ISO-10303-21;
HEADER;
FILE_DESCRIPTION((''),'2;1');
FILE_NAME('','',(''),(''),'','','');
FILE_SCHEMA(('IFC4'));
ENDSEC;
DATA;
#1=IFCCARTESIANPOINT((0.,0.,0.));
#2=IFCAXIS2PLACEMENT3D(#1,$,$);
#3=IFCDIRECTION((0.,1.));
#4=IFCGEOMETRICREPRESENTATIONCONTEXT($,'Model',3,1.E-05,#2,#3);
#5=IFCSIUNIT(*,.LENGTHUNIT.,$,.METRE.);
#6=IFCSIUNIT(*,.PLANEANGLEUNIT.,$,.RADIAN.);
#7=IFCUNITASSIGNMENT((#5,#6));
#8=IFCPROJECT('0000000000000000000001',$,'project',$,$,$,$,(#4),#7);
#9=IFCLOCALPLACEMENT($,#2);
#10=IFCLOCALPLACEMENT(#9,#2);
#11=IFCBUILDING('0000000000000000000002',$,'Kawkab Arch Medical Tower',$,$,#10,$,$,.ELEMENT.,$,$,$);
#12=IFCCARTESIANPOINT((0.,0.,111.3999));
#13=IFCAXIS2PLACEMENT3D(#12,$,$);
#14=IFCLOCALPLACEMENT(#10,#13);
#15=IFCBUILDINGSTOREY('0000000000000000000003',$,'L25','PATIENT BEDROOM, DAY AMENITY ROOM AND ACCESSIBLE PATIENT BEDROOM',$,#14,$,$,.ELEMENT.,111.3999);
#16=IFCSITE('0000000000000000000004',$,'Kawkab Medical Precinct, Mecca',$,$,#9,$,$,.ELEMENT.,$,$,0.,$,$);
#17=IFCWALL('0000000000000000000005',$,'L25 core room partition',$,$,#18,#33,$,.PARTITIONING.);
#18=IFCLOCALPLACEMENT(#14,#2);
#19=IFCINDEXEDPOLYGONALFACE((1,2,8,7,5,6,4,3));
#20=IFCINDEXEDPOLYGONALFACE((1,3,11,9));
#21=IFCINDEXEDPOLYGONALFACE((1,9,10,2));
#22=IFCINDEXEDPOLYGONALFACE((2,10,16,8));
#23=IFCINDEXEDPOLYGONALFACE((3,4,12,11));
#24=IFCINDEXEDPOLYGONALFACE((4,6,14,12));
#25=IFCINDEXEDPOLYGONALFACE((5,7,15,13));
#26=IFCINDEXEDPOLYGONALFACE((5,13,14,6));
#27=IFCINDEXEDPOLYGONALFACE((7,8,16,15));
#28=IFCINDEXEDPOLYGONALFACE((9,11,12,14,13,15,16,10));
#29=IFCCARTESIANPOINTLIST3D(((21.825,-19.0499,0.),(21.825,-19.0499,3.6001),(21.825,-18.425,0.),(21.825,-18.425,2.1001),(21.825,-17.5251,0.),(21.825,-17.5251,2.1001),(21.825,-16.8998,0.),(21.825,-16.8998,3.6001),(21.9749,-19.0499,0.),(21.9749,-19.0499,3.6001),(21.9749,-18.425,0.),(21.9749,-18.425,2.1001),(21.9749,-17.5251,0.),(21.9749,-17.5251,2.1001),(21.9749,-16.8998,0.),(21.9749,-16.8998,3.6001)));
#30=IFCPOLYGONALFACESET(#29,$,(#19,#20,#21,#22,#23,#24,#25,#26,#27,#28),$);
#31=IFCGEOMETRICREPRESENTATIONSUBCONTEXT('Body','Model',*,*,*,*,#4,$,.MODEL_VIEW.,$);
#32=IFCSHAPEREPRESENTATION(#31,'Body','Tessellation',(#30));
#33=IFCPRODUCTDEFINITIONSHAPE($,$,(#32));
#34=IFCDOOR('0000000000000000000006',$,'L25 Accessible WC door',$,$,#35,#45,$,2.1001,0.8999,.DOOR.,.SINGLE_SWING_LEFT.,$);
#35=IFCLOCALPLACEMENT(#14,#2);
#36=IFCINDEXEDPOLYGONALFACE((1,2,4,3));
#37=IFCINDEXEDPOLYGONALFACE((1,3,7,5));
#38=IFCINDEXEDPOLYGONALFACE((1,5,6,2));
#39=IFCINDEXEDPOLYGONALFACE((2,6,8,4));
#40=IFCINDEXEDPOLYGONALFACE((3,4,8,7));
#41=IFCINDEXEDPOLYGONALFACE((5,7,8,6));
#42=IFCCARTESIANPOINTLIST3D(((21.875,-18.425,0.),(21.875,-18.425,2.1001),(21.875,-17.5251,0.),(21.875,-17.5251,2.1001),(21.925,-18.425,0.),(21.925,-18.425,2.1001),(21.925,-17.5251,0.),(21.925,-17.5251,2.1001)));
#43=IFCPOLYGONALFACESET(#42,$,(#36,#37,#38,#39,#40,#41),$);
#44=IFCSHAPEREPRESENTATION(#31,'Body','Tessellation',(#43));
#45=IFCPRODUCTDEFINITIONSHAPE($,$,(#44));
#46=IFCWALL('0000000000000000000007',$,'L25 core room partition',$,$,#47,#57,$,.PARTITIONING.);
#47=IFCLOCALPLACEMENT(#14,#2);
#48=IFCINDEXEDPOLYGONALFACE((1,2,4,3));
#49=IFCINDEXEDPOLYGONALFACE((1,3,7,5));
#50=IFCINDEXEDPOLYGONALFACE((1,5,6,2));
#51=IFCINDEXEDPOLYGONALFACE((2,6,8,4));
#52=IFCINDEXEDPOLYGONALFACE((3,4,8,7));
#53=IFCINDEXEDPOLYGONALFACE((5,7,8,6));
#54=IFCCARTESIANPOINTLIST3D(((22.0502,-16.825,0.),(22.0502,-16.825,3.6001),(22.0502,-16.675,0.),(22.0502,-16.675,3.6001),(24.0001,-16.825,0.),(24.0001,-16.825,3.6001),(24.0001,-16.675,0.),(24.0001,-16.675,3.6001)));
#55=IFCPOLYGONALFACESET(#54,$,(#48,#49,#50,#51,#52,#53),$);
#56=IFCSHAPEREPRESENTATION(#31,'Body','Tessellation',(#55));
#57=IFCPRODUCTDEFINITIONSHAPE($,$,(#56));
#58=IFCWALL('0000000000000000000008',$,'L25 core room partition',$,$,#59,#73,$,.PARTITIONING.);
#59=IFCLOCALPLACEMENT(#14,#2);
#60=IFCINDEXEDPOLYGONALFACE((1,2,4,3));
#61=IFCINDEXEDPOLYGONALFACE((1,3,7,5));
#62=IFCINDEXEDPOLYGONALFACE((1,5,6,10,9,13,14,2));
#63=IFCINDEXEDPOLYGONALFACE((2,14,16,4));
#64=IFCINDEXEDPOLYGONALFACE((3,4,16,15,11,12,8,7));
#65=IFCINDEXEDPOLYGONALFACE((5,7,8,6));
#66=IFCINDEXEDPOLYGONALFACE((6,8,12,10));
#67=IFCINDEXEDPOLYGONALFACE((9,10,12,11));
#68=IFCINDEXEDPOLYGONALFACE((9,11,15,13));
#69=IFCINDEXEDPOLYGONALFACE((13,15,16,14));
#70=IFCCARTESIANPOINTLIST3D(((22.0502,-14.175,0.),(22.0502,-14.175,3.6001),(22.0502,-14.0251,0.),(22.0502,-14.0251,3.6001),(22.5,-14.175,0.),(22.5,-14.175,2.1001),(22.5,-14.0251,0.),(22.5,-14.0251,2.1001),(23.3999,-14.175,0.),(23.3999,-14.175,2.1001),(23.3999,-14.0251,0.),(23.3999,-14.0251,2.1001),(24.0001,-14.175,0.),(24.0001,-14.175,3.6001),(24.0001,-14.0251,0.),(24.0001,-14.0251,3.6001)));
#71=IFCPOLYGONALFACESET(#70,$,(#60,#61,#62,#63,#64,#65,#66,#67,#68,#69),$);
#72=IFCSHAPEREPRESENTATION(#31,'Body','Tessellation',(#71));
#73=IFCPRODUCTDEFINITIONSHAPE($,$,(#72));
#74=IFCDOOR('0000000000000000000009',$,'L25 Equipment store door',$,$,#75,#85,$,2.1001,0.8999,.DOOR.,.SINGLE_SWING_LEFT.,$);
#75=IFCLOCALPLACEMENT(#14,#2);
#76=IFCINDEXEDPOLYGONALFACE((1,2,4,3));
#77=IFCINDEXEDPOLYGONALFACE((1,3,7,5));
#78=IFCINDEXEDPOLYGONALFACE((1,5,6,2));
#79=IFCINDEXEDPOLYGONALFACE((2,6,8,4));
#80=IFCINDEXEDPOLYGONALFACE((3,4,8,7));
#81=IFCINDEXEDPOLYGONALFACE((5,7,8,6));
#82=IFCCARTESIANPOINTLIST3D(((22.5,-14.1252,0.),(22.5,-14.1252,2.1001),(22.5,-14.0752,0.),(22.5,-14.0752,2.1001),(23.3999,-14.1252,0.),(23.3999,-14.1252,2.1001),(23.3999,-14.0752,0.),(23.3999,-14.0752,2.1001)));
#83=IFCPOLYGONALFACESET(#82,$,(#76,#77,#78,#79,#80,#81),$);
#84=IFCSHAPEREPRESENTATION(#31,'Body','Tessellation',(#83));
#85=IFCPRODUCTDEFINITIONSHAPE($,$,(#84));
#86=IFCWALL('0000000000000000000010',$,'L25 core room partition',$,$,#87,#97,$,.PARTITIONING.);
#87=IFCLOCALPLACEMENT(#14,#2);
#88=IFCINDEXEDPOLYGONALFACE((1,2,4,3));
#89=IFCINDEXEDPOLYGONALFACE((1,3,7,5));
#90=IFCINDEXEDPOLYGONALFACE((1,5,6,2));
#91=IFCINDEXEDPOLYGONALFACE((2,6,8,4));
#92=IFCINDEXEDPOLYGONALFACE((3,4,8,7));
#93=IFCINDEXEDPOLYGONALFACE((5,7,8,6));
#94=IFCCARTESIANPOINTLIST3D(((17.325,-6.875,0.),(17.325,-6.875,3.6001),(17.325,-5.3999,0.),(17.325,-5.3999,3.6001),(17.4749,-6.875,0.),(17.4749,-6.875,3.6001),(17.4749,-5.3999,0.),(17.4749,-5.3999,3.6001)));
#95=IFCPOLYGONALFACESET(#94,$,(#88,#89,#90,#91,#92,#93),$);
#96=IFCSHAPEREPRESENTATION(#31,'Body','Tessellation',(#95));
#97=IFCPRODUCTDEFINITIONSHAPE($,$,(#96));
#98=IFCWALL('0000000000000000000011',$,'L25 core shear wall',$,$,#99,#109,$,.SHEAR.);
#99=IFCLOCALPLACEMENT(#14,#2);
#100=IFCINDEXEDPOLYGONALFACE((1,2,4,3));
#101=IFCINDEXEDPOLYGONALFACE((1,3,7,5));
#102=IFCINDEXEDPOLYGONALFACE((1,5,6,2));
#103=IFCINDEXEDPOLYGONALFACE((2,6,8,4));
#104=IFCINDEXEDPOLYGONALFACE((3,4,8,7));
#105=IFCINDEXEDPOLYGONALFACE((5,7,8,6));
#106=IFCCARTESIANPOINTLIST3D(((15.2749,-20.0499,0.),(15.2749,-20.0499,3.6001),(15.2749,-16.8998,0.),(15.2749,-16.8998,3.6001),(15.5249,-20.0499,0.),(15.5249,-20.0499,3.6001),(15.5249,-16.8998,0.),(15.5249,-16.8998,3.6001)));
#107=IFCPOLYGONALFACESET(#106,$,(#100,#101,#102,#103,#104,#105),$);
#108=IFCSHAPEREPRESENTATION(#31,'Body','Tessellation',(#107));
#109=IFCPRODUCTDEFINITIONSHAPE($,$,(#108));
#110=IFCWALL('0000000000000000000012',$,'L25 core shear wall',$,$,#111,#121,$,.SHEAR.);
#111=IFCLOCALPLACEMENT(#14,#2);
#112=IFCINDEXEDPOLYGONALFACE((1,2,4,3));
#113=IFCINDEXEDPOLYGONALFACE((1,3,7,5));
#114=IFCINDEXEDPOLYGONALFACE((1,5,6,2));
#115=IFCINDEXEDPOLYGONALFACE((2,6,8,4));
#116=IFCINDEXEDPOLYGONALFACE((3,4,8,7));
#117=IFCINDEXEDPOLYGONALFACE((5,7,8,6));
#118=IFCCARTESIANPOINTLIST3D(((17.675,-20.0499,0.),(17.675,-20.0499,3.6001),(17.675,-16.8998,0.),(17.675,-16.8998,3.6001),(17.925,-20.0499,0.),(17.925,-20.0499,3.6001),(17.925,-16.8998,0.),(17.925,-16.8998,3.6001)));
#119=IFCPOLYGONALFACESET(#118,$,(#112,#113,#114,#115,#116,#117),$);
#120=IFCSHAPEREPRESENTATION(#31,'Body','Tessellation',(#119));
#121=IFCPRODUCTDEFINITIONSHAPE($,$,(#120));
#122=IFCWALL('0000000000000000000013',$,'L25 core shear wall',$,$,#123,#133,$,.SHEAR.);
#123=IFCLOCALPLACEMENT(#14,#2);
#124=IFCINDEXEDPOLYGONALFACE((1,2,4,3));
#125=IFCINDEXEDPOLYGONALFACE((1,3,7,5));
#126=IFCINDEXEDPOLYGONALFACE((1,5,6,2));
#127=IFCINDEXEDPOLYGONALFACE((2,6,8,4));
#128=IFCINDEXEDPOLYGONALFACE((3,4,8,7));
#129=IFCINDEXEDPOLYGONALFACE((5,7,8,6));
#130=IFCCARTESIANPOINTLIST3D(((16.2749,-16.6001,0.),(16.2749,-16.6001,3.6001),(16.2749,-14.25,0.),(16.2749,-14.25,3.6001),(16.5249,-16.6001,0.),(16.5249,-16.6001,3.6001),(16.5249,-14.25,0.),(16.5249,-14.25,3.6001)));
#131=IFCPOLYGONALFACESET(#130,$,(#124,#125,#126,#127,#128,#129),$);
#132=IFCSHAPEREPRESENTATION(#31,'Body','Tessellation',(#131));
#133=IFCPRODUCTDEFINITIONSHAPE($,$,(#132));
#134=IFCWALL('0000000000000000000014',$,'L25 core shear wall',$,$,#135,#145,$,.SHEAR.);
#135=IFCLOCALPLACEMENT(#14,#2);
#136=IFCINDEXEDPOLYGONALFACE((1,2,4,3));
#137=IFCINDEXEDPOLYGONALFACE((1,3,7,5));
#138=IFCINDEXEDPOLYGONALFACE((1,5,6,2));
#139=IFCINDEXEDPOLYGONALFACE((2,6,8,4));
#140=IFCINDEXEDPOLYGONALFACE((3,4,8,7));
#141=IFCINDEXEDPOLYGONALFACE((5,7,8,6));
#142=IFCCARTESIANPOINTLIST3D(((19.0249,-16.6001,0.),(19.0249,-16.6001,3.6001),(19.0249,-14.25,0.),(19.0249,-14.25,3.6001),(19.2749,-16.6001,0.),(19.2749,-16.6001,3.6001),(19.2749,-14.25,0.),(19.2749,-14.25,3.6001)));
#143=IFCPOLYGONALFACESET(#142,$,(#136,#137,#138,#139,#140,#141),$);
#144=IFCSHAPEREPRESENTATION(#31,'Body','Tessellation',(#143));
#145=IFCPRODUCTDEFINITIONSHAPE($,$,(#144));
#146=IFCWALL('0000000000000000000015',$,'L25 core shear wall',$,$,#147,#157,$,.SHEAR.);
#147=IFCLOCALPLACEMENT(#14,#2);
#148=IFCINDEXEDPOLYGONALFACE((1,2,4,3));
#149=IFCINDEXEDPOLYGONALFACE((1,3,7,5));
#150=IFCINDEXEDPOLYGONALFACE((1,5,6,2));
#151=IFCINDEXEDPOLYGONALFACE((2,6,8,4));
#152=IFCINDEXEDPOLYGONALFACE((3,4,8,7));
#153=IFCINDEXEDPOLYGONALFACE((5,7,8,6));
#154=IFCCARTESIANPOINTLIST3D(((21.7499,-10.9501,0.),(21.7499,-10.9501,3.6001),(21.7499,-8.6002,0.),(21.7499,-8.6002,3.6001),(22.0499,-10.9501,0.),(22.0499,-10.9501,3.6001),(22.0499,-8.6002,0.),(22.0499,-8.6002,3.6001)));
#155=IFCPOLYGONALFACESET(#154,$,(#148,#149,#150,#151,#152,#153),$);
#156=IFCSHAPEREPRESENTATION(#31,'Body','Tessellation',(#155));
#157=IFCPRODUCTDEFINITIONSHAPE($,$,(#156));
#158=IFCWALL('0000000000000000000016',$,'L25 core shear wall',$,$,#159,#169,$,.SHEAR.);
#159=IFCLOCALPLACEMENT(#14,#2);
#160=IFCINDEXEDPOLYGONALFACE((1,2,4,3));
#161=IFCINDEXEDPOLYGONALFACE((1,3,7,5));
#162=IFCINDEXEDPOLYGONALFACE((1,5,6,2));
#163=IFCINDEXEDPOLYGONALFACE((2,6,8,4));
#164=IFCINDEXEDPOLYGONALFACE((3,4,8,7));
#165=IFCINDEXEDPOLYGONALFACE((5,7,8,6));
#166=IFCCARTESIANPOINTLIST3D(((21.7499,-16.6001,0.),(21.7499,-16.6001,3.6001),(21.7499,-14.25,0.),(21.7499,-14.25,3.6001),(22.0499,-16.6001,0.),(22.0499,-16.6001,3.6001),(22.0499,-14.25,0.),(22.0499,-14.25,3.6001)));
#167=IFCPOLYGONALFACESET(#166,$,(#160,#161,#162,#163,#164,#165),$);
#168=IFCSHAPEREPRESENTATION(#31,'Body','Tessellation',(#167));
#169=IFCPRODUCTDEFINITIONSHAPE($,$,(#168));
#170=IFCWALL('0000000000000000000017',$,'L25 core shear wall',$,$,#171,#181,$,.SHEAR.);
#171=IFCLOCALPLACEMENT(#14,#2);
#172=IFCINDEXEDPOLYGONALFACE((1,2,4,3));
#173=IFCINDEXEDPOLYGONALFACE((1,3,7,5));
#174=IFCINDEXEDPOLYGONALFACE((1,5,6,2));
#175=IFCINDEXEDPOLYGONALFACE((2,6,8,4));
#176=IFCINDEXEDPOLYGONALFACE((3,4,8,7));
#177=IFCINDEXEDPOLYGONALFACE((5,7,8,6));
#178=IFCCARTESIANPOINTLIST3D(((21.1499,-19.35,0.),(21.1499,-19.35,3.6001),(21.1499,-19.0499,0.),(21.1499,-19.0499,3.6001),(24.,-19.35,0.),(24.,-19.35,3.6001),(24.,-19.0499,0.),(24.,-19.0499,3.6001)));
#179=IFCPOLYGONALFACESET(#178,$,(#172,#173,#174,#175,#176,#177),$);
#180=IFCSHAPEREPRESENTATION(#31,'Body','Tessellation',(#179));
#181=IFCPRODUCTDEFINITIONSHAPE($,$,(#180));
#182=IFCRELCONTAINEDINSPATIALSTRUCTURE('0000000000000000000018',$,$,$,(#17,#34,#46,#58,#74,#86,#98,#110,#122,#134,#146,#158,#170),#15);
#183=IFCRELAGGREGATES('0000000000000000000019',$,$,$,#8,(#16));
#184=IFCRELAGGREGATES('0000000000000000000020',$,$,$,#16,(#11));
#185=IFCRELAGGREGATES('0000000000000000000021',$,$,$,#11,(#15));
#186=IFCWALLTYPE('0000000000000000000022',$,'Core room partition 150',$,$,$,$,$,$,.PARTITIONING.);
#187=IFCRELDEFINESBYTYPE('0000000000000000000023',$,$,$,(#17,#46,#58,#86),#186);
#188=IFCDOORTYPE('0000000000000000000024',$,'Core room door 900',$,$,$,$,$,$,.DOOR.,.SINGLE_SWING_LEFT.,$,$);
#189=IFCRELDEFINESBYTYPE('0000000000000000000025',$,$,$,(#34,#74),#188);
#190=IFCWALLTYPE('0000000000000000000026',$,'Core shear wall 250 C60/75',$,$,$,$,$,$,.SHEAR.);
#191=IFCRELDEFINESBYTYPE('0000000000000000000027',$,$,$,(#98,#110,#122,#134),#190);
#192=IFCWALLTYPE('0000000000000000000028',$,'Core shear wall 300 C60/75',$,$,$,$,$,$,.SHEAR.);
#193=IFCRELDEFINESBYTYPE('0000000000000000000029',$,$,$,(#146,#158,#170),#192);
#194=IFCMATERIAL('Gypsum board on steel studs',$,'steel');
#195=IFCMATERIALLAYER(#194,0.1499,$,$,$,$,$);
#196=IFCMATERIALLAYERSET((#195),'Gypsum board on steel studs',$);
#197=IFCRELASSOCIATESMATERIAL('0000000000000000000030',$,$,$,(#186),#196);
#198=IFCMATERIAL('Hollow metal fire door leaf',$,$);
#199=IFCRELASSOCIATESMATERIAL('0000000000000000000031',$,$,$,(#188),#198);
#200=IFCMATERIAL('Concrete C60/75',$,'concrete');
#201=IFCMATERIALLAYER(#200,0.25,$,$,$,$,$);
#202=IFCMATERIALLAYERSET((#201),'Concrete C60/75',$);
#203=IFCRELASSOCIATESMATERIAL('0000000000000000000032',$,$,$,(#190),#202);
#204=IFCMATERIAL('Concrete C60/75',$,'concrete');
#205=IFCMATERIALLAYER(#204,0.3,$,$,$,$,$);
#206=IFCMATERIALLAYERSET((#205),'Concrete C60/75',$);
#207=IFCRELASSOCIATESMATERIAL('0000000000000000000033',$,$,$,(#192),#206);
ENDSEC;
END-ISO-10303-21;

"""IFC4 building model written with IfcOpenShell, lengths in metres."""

from ifc_helpers import new_model, si_unit, direction, frame, frame_2d, origin, place, context, subcontext, project, spatial, rectangle, extrude, material, layer, layer_set, type_object, element, fill, save


model = new_model("IFC4")

# Units and contexts
model_context = context("Model", 3, precision=1e-05, world=origin(), true_north=direction((0.0, 1.0)))
body_context = subcontext(model_context, "Body", "Model", "MODEL_VIEW")
ifc_project = project(units=[si_unit("LENGTHUNIT", "METRE"), si_unit("PLANEANGLEUNIT", "RADIAN")], contexts=[model_context])

# Site, building, storey
site_placement = place(None, origin())
site = spatial("IfcSite", under=ifc_project, at=site_placement, Name="Kawkab Medical Precinct, Mecca", CompositionType="ELEMENT", RefElevation=0.0)
building_placement = place(site_placement, origin())
building = spatial("IfcBuilding", under=site, at=building_placement, Name="Kawkab Arch Medical Tower", CompositionType="ELEMENT")
storey_placement = place(building_placement, frame((0.0, 0.0, 111.3999)))
storey = spatial("IfcBuildingStorey", under=building, at=storey_placement, Name="L25", Description="PATIENT BEDROOM, DAY AMENITY ROOM AND ACCESSIBLE PATIENT BEDROOM", CompositionType="ELEMENT", Elevation=111.3999)

# Wall, opening, door
ifc_material_1 = material(Name="Gypsum board on steel studs", Category="steel")
ifc_layer_1 = layer(ifc_material_1, 0.1499)
ifc_layer_set_1 = layer_set([ifc_layer_1], Name="Gypsum board on steel studs")
wall_type_1 = type_object("IfcWallType", Name="Core room partition 150", PredefinedType="PARTITIONING", material=ifc_layer_set_1)
wall_1_placement = place(storey_placement, frame((21.8999, -19.05, 0.0), z_axis=(0.0, 0.0, 1.0), x_axis=(0.0, 1.0, 0.0)))
wall_1 = element("IfcWall", 1, at=wall_1_placement, inside=storey, type_object=wall_type_1, Name="L25 core room partition", PredefinedType="PARTITIONING", context=body_context, shape_type="SweptSolid", body=[
    extrude(rectangle(XDim=2.1501, YDim=0.1499, at=frame_2d((1.0752, 0.0))), origin(), (0.0, 0.0, 1.0), 3.6001),
])
opening_1_placement = place(wall_1_placement, frame((0.625, 0.0, 0.0)))
opening_1 = element("IfcOpeningElement", 2, at=opening_1_placement, cuts=wall_1, PredefinedType="OPENING", context=body_context, shape_type="SweptSolid", body=[
    extrude(rectangle(XDim=0.8999, YDim=2.1001, at=frame_2d((0.45, 1.05))), frame((0.0, 0.085, 0.0), z_axis=(0.0, -1.0, 0.0), x_axis=(1.0, 0.0, 0.0)), (0.0, 0.0, 1.0), 0.1699),
])
ifc_material_2 = material(Name="Hollow metal fire door leaf")
door_type = type_object("IfcDoorType", Name="Core room door 900", OperationType="SINGLE_SWING_LEFT", PredefinedType="DOOR", material=ifc_material_2)
door_1_placement = place(opening_1_placement, origin())
door_1 = element("IfcDoor", 3, at=door_1_placement, inside=storey, type_object=door_type, Name="L25 Accessible WC door", OperationType="SINGLE_SWING_LEFT", OverallHeight=2.1001, OverallWidth=0.8999, PredefinedType="DOOR", context=body_context, shape_type="SweptSolid", body=[
    extrude(rectangle(XDim=0.8999, YDim=2.1001, at=frame_2d((0.45, 1.05))), frame((0.0, 0.0249, 0.0), z_axis=(0.0, -1.0, 0.0), x_axis=(1.0, 0.0, 0.0)), (0.0, 0.0, 1.0), 0.05),
])
fill(opening_1, door_1)

# Wall
wall_2_placement = place(storey_placement, frame((22.05, -16.75, 0.0), z_axis=(0.0, 0.0, 1.0), x_axis=(1.0, 0.0, 0.0)))
element("IfcWall", 4, at=wall_2_placement, inside=storey, type_object=wall_type_1, Name="L25 core room partition", PredefinedType="PARTITIONING", context=body_context, shape_type="SweptSolid", body=[
    extrude(rectangle(XDim=1.95, YDim=0.1499, at=frame_2d((0.9751, 0.0))), origin(), (0.0, 0.0, 1.0), 3.6001),
])

# Wall, opening, door
wall_3_placement = place(storey_placement, frame((22.05, -14.1001, 0.0), z_axis=(0.0, 0.0, 1.0), x_axis=(1.0, 0.0, 0.0)))
wall_3 = element("IfcWall", 5, at=wall_3_placement, inside=storey, type_object=wall_type_1, Name="L25 core room partition", PredefinedType="PARTITIONING", context=body_context, shape_type="SweptSolid", body=[
    extrude(rectangle(XDim=1.95, YDim=0.1499, at=frame_2d((0.9751, 0.0))), origin(), (0.0, 0.0, 1.0), 3.6001),
])
opening_2_placement = place(wall_3_placement, frame((0.45, 0.0, 0.0)))
opening_2 = element("IfcOpeningElement", 6, at=opening_2_placement, cuts=wall_3, PredefinedType="OPENING", context=body_context, shape_type="SweptSolid", body=[
    extrude(rectangle(XDim=0.8999, YDim=2.1001, at=frame_2d((0.45, 1.05))), frame((0.0, 0.085, 0.0), z_axis=(0.0, -1.0, 0.0), x_axis=(1.0, 0.0, 0.0)), (0.0, 0.0, 1.0), 0.1699),
])
door_2_placement = place(opening_2_placement, origin())
door_2 = element("IfcDoor", 7, at=door_2_placement, inside=storey, type_object=door_type, Name="L25 Equipment store door", OperationType="SINGLE_SWING_LEFT", OverallHeight=2.1001, OverallWidth=0.8999, PredefinedType="DOOR", context=body_context, shape_type="SweptSolid", body=[
    extrude(rectangle(XDim=0.8999, YDim=2.1001, at=frame_2d((0.45, 1.05))), frame((0.0, 0.0249, 0.0), z_axis=(0.0, -1.0, 0.0), x_axis=(1.0, 0.0, 0.0)), (0.0, 0.0, 1.0), 0.05),
])
fill(opening_2, door_2)

# Walls
wall_4_placement = place(storey_placement, frame((17.3999, -6.875, 0.0), z_axis=(0.0, 0.0, 1.0), x_axis=(0.0, 1.0, 0.0)))
element("IfcWall", 8, at=wall_4_placement, inside=storey, type_object=wall_type_1, Name="L25 core room partition", PredefinedType="PARTITIONING", context=body_context, shape_type="SweptSolid", body=[
    extrude(rectangle(XDim=1.4751, YDim=0.1499, at=frame_2d((0.7375, 0.0))), origin(), (0.0, 0.0, 1.0), 3.6001),
])
ifc_material_3 = material(Name="Concrete C60/75", Category="concrete")
ifc_layer_2 = layer(ifc_material_3, 0.25)
ifc_layer_set_2 = layer_set([ifc_layer_2], Name="Concrete C60/75")
wall_type_2 = type_object("IfcWallType", Name="Core shear wall 250 C60/75", PredefinedType="SHEAR", material=ifc_layer_set_2)
for number, where, z_axis, x_axis, name in (
    (9, (15.3999, -20.05, 0.0), (0.0, 0.0, 1.0), (0.0, 1.0, 0.0), "L25 core shear wall"),
    (10, (17.8, -20.05, 0.0), (0.0, 0.0, 1.0), (0.0, 1.0, 0.0), "L25 core shear wall"),
):
    element("IfcWall", number, at=place(storey_placement, frame(where, z_axis=z_axis, x_axis=x_axis)), inside=storey, type_object=wall_type_2, Name=name, PredefinedType="SHEAR", context=body_context, shape_type="SweptSolid", body=[
        extrude(rectangle(XDim=3.1501, YDim=0.25, at=frame_2d((1.5752, 0.0))), origin(), (0.0, 0.0, 1.0), 3.6001),
    ])
for number, where, z_axis, x_axis, name in (
    (11, (16.3999, -16.6001, 0.0), (0.0, 0.0, 1.0), (0.0, 1.0, 0.0), "L25 core shear wall"),
    (12, (19.1499, -16.6001, 0.0), (0.0, 0.0, 1.0), (0.0, 1.0, 0.0), "L25 core shear wall"),
):
    element("IfcWall", number, at=place(storey_placement, frame(where, z_axis=z_axis, x_axis=x_axis)), inside=storey, type_object=wall_type_2, Name=name, PredefinedType="SHEAR", context=body_context, shape_type="SweptSolid", body=[
        extrude(rectangle(XDim=2.3501, YDim=0.25, at=frame_2d((1.175, 0.0))), origin(), (0.0, 0.0, 1.0), 3.6001),
    ])
ifc_material_4 = material(Name="Concrete C60/75", Category="concrete")
ifc_layer_3 = layer(ifc_material_4, 0.3)
ifc_layer_set_3 = layer_set([ifc_layer_3], Name="Concrete C60/75")
wall_type_3 = type_object("IfcWallType", Name="Core shear wall 300 C60/75", PredefinedType="SHEAR", material=ifc_layer_set_3)
wall_5_placement = place(storey_placement, frame((21.8999, -10.95, 0.0), z_axis=(0.0, 0.0, 1.0), x_axis=(0.0, 1.0, 0.0)))
element("IfcWall", 13, at=wall_5_placement, inside=storey, type_object=wall_type_3, Name="L25 core shear wall", PredefinedType="SHEAR", context=body_context, shape_type="SweptSolid", body=[
    extrude(rectangle(XDim=2.3499, YDim=0.3, at=frame_2d((1.1748, 0.0))), origin(), (0.0, 0.0, 1.0), 3.6001),
])
wall_6_placement = place(storey_placement, frame((21.8999, -16.6001, 0.0), z_axis=(0.0, 0.0, 1.0), x_axis=(0.0, 1.0, 0.0)))
element("IfcWall", 14, at=wall_6_placement, inside=storey, type_object=wall_type_3, Name="L25 core shear wall", PredefinedType="SHEAR", context=body_context, shape_type="SweptSolid", body=[
    extrude(rectangle(XDim=2.3501, YDim=0.3, at=frame_2d((1.175, 0.0))), origin(), (0.0, 0.0, 1.0), 3.6001),
])
wall_7_placement = place(storey_placement, frame((21.1499, -19.2, 0.0), z_axis=(0.0, 0.0, 1.0), x_axis=(1.0, 0.0, 0.0)))
element("IfcWall", 15, at=wall_7_placement, inside=storey, type_object=wall_type_3, Name="L25 core shear wall", PredefinedType="SHEAR", context=body_context, shape_type="SweptSolid", body=[
    extrude(rectangle(XDim=2.8501, YDim=0.3, at=frame_2d((1.425, 0.0))), origin(), (0.0, 0.0, 1.0), 3.6001),
])

save(model, "model.ifc")
